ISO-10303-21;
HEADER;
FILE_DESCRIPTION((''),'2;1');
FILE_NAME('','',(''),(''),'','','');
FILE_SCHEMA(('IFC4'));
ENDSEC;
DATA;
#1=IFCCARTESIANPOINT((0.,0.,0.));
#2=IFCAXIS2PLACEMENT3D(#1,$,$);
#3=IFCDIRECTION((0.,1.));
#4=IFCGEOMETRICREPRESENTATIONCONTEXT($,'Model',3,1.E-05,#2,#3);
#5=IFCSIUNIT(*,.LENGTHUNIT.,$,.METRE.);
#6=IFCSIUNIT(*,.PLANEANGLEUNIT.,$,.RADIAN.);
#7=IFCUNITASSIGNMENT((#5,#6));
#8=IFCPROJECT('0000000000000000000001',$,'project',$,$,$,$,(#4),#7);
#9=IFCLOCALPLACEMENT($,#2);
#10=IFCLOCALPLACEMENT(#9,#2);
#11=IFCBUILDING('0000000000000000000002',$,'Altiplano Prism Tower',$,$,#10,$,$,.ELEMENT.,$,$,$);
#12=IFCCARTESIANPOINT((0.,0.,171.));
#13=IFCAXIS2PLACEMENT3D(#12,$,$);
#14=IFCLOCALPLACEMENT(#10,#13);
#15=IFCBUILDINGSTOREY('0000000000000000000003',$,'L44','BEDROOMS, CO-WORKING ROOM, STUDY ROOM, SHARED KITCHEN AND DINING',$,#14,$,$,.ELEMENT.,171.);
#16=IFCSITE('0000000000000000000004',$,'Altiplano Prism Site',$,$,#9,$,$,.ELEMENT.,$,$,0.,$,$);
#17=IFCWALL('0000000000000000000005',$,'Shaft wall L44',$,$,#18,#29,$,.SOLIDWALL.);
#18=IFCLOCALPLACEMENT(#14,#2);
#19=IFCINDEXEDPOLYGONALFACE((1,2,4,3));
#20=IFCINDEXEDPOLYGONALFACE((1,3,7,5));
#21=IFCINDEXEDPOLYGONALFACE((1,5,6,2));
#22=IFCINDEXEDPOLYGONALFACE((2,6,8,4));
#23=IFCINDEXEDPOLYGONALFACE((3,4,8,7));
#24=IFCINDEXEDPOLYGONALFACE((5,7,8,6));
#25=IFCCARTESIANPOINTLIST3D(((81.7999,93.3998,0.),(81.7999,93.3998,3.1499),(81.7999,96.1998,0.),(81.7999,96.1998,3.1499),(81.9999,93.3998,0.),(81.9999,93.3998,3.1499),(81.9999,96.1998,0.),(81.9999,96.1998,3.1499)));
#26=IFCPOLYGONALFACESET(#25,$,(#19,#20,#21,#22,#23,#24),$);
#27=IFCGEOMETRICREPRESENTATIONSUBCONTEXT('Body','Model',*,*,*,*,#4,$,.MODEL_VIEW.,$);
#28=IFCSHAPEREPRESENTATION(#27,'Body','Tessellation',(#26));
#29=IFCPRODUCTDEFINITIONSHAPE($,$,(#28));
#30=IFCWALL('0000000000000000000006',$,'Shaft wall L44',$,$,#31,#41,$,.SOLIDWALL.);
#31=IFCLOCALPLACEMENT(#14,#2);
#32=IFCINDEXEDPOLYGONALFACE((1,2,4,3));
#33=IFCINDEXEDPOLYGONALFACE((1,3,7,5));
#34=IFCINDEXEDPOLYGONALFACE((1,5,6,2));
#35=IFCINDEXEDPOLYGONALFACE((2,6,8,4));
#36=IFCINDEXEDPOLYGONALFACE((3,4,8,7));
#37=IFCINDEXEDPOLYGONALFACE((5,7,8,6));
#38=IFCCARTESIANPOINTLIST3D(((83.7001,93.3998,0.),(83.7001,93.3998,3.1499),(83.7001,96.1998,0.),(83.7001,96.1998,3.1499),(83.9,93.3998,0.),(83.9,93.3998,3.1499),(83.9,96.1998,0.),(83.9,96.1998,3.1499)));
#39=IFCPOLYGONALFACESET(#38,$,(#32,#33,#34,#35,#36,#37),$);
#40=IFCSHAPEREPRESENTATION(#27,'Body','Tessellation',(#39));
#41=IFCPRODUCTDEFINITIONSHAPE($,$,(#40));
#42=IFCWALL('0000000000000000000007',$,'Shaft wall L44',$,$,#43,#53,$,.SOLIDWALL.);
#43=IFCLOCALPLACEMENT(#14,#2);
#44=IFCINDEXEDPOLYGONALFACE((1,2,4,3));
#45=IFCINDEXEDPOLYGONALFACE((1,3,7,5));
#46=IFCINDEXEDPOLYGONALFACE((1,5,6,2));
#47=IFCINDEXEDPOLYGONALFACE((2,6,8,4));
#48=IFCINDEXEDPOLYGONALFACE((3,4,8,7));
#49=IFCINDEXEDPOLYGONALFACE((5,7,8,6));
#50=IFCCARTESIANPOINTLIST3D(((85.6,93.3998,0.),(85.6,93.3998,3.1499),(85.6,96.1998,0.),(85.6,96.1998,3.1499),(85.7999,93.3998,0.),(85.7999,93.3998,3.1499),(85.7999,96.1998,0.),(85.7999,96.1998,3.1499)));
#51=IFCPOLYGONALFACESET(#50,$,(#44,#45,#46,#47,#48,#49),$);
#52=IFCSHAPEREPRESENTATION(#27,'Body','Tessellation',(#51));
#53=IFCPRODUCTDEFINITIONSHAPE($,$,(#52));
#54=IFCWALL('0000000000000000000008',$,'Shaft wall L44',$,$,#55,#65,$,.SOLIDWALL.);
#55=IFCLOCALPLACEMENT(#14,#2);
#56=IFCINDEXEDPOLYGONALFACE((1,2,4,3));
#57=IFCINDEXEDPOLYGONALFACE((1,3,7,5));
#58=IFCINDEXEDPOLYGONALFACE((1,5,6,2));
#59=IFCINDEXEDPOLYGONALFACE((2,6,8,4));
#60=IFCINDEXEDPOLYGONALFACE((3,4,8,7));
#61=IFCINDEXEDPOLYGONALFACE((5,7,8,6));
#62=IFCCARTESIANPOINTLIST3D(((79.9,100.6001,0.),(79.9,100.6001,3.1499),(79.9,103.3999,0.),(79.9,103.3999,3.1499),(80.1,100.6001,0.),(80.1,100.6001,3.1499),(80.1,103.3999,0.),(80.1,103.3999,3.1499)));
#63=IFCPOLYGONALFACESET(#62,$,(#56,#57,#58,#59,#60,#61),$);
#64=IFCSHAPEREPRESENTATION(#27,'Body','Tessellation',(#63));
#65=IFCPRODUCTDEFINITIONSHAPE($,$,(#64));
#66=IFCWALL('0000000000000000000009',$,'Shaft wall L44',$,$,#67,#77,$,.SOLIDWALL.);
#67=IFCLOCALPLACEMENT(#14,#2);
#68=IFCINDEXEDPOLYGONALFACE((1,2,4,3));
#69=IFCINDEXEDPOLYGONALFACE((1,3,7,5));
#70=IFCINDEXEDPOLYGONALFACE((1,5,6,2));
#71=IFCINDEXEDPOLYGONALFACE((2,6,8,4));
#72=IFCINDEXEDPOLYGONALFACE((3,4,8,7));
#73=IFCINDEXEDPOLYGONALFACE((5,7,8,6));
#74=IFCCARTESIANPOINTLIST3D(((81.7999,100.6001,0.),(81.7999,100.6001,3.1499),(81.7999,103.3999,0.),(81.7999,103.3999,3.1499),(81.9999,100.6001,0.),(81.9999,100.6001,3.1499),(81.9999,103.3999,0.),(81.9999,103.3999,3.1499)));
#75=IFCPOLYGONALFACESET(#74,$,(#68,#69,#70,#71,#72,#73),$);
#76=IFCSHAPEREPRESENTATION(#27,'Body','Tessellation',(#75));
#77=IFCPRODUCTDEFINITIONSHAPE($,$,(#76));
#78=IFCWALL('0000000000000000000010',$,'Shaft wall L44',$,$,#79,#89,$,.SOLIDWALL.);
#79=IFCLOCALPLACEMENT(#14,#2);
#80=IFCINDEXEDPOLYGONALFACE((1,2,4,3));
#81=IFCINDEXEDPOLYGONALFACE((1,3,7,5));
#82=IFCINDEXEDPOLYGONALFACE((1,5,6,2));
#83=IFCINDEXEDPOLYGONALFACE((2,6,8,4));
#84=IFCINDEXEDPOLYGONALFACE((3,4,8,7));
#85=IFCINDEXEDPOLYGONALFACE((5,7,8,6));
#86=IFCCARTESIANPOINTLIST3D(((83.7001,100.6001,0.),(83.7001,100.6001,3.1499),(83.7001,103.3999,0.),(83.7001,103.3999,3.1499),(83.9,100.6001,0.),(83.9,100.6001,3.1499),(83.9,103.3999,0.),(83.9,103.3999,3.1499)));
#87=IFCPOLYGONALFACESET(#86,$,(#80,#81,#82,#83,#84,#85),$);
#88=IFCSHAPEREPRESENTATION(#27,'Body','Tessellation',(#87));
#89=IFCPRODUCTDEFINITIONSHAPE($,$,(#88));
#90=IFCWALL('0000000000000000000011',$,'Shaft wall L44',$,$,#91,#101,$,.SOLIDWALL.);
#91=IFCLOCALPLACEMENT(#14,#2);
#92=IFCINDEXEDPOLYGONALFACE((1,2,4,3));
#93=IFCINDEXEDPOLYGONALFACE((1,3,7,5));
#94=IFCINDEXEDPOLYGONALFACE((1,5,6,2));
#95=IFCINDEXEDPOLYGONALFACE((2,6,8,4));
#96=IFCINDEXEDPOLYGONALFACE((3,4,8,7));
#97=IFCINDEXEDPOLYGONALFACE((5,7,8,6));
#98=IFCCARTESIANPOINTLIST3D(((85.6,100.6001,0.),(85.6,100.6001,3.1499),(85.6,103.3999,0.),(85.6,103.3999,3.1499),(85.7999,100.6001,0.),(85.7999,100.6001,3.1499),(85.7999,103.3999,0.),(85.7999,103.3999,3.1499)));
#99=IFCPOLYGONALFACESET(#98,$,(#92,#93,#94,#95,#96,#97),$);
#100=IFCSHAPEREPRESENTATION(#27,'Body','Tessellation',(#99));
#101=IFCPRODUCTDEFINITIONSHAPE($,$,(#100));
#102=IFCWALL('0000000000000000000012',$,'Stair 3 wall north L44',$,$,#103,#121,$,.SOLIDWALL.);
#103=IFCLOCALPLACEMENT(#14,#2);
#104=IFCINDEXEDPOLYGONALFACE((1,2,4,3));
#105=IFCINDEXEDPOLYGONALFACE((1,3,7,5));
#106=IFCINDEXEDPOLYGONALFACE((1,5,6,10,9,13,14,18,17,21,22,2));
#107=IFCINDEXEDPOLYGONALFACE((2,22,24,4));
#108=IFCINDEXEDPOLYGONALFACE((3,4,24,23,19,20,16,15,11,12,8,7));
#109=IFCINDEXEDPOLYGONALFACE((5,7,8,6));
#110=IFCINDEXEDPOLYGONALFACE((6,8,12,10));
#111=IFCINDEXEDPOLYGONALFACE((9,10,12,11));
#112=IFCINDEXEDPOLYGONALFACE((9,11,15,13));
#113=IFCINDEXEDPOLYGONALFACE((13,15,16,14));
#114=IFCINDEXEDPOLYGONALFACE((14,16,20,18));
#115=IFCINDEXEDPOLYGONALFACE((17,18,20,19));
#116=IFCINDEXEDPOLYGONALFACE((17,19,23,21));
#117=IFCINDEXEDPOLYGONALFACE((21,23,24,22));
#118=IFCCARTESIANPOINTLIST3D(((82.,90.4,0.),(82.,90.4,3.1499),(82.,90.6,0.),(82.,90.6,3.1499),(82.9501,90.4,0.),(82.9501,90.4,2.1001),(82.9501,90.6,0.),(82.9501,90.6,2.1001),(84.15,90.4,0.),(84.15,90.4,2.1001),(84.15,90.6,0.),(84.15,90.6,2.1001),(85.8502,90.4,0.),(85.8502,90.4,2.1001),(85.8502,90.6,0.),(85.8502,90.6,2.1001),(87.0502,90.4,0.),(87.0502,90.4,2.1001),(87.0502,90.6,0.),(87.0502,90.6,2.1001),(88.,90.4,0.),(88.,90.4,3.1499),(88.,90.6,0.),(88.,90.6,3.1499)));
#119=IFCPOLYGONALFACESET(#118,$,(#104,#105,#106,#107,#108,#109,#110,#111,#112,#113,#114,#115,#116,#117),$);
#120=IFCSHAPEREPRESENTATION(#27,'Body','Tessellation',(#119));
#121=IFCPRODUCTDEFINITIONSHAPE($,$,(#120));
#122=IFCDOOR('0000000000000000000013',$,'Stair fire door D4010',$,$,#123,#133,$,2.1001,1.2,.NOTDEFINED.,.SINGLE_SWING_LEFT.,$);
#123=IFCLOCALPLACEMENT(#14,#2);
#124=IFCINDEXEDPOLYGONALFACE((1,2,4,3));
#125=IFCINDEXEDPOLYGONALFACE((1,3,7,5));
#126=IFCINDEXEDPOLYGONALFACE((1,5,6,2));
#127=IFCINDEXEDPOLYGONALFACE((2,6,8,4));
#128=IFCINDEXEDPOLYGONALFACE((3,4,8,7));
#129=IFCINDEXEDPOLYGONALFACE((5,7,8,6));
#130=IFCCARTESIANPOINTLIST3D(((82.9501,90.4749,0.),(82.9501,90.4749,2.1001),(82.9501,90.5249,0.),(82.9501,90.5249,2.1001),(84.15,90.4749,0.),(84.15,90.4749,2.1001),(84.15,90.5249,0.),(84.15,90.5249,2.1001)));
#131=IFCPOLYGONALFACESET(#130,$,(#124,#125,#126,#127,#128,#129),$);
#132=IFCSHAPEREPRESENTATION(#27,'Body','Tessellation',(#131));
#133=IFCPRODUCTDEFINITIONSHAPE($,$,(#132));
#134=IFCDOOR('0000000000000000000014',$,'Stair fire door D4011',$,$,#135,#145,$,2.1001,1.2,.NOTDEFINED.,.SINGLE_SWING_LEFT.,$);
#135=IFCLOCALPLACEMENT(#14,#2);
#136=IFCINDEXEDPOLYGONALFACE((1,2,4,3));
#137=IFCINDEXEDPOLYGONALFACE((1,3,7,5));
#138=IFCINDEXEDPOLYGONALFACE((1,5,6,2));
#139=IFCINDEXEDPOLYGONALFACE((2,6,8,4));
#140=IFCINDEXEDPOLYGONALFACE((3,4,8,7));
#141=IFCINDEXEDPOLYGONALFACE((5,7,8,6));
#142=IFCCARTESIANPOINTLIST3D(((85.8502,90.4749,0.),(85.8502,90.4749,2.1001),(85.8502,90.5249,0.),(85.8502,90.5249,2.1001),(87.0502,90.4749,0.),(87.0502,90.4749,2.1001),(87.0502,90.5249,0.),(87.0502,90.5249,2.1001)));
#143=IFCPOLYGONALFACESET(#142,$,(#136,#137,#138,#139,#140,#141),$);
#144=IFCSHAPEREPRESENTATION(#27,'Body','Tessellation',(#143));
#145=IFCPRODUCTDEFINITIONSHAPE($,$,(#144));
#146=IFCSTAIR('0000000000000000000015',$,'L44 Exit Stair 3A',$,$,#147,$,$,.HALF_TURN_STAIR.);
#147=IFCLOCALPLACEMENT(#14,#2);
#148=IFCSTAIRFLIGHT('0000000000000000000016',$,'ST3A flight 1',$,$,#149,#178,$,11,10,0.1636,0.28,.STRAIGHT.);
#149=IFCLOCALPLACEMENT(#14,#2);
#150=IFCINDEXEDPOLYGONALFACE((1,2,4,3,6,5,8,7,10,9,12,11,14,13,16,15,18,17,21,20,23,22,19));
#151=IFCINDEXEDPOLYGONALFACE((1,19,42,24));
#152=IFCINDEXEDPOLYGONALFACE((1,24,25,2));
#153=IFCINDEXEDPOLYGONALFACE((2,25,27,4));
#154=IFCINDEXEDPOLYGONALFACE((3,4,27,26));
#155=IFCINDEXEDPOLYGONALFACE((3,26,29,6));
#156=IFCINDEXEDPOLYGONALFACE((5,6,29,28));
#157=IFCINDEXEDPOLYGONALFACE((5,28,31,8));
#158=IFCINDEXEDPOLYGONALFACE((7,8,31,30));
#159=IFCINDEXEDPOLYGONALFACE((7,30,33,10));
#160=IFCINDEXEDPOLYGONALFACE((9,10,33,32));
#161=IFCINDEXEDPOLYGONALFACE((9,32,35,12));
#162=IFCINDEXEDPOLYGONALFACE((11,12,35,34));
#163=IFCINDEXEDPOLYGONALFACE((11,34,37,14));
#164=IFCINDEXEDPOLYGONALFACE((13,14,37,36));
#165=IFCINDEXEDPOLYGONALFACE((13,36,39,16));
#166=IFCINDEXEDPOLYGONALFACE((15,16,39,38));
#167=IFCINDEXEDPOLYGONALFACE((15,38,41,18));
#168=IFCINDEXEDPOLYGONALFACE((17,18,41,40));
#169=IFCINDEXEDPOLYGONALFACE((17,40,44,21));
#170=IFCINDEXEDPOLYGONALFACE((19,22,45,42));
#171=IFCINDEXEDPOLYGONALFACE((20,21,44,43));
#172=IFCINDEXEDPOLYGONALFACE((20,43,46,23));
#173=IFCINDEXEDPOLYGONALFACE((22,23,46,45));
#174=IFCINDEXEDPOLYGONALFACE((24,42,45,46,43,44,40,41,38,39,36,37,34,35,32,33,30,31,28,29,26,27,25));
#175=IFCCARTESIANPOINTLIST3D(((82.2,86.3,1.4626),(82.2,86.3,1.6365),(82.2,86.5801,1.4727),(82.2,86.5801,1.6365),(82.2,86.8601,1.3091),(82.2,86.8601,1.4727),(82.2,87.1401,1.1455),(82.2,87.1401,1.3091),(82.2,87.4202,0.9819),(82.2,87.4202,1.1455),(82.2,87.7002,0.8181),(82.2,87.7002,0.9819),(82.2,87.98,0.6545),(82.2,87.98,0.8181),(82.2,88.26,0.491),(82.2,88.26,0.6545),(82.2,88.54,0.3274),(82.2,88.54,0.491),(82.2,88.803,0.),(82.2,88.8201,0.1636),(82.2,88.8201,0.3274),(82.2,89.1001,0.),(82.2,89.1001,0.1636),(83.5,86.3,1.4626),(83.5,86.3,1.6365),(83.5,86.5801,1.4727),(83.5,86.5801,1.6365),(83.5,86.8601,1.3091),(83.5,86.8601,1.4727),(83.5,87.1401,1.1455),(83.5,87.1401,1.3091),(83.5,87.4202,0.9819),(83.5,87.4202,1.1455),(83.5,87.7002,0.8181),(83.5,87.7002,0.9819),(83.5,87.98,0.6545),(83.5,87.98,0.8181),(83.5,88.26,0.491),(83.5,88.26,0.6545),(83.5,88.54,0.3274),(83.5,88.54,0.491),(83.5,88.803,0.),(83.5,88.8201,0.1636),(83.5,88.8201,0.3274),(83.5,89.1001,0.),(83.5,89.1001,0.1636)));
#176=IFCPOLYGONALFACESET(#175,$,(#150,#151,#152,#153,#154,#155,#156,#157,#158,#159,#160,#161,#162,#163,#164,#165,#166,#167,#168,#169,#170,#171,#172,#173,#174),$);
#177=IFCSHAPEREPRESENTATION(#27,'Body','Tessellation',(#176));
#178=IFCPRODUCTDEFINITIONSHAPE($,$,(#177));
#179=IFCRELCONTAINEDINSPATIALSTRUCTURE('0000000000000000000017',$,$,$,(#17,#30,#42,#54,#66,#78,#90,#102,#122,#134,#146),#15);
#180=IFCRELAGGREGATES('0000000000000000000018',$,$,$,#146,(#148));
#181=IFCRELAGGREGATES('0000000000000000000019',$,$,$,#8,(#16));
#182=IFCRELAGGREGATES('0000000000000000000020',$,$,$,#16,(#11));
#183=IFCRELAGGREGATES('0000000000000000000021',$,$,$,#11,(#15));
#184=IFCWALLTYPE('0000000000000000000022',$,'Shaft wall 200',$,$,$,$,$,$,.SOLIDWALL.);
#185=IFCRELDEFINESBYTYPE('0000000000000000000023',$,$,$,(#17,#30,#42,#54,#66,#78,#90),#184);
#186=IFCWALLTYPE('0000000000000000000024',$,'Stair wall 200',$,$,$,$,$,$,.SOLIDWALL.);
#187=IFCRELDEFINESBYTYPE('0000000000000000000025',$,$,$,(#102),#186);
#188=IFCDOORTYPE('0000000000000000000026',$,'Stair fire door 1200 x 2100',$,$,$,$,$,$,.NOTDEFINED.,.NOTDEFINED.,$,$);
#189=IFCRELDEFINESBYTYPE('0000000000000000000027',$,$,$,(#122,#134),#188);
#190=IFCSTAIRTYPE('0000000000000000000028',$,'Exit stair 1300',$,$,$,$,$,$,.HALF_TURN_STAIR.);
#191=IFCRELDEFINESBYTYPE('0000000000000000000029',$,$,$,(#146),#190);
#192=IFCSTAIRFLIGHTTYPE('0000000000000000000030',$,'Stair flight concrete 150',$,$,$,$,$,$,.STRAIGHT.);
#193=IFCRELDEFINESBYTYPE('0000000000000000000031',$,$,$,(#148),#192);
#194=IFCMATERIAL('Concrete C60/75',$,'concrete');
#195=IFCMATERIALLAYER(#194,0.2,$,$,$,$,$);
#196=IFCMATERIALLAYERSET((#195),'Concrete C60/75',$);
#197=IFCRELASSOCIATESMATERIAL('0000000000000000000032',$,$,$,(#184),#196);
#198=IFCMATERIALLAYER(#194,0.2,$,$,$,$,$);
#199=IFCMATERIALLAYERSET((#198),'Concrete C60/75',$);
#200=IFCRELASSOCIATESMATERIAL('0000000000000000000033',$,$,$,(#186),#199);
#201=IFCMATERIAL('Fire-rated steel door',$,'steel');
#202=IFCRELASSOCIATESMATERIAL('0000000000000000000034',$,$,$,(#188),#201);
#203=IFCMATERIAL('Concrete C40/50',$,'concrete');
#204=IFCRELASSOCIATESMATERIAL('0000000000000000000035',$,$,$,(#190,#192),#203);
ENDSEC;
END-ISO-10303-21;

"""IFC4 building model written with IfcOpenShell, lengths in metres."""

from ifc_helpers import new_model, si_unit, direction, frame, frame_2d, origin, place, context, subcontext, project, spatial, polyline, rectangle, outline, extrude, material, layer, layer_set, type_object, element, fill, aggregate, save


model = new_model("IFC4")

# Units and contexts
model_context = context("Model", 3, precision=1e-05, world=origin(), true_north=direction((0.0, 1.0)))
body_context = subcontext(model_context, "Body", "Model", "MODEL_VIEW")
ifc_project = project(units=[si_unit("LENGTHUNIT", "METRE"), si_unit("PLANEANGLEUNIT", "RADIAN")], contexts=[model_context])

# Site, building, storey
site_placement = place(None, origin())
site = spatial("IfcSite", under=ifc_project, at=site_placement, Name="Altiplano Prism Site", CompositionType="ELEMENT", RefElevation=0.0)
building_placement = place(site_placement, origin())
building = spatial("IfcBuilding", under=site, at=building_placement, Name="Altiplano Prism Tower", CompositionType="ELEMENT")
storey_placement = place(building_placement, frame((0.0, 0.0, 171.0)))
storey = spatial("IfcBuildingStorey", under=building, at=storey_placement, Name="L44", Description="BEDROOMS, CO-WORKING ROOM, STUDY ROOM, SHARED KITCHEN AND DINING", CompositionType="ELEMENT", Elevation=171.0)

# Walls
ifc_material_1 = material(Name="Concrete C60/75", Category="concrete")
ifc_layer_1 = layer(ifc_material_1, 0.2)
ifc_layer_set_1 = layer_set([ifc_layer_1], Name="Concrete C60/75")
wall_type_1 = type_object("IfcWallType", Name="Shaft wall 200", PredefinedType="SOLIDWALL", material=ifc_layer_set_1)
for number, where, z_axis, x_axis, name in (
    (1, (81.8999, 93.3999, 0.0), (0.0, 0.0, 1.0), (0.0, 1.0, 0.0), "Shaft wall L44"),
    (2, (83.8, 93.3999, 0.0), (0.0, 0.0, 1.0), (0.0, 1.0, 0.0), "Shaft wall L44"),
    (3, (85.7, 93.3999, 0.0), (0.0, 0.0, 1.0), (0.0, 1.0, 0.0), "Shaft wall L44"),
):
    element("IfcWall", number, at=place(storey_placement, frame(where, z_axis=z_axis, x_axis=x_axis)), inside=storey, type_object=wall_type_1, Name=name, PredefinedType="SOLIDWALL", context=body_context, shape_type="SweptSolid", body=[
        extrude(rectangle(XDim=2.8, YDim=0.2, at=frame_2d((1.3999, 0.0))), origin(), (0.0, 0.0, 1.0), 3.1499),
    ])
for number, where, z_axis, x_axis, name in (
    (4, (80.0, 100.6001, 0.0), (0.0, 0.0, 1.0), (0.0, 1.0, 0.0), "Shaft wall L44"),
    (5, (81.8999, 100.6001, 0.0), (0.0, 0.0, 1.0), (0.0, 1.0, 0.0), "Shaft wall L44"),
    (6, (83.8, 100.6001, 0.0), (0.0, 0.0, 1.0), (0.0, 1.0, 0.0), "Shaft wall L44"),
    (7, (85.7, 100.6001, 0.0), (0.0, 0.0, 1.0), (0.0, 1.0, 0.0), "Shaft wall L44"),
):
    element("IfcWall", number, at=place(storey_placement, frame(where, z_axis=z_axis, x_axis=x_axis)), inside=storey, type_object=wall_type_1, Name=name, PredefinedType="SOLIDWALL", context=body_context, shape_type="SweptSolid", body=[
        extrude(rectangle(XDim=2.7998, YDim=0.2, at=frame_2d((1.3999, 0.0))), origin(), (0.0, 0.0, 1.0), 3.1499),
    ])

# Wall, openings, doors
ifc_layer_2 = layer(ifc_material_1, 0.2)
ifc_layer_set_2 = layer_set([ifc_layer_2], Name="Concrete C60/75")
wall_type_2 = type_object("IfcWallType", Name="Stair wall 200", PredefinedType="SOLIDWALL", material=ifc_layer_set_2)
wall_placement = place(storey_placement, frame((82.0, 90.5, 0.0), z_axis=(0.0, 0.0, 1.0), x_axis=(1.0, 0.0, 0.0)))
wall = element("IfcWall", 8, at=wall_placement, inside=storey, type_object=wall_type_2, Name="Stair 3 wall north L44", PredefinedType="SOLIDWALL", context=body_context, shape_type="SweptSolid", body=[
    extrude(rectangle(XDim=6.0, YDim=0.2, at=frame_2d((3.0, 0.0))), origin(), (0.0, 0.0, 1.0), 3.1499),
])
opening_1_placement = place(wall_placement, frame((0.95, 0.0, 0.0)))
opening_1 = element("IfcOpeningElement", 9, at=opening_1_placement, cuts=wall, PredefinedType="OPENING", context=body_context, shape_type="SweptSolid", body=[
    extrude(rectangle(XDim=1.2, YDim=2.1001, at=frame_2d((0.6001, 1.05))), frame((0.0, 0.1104, 0.0), z_axis=(0.0, -1.0, 0.0), x_axis=(1.0, 0.0, 0.0)), (0.0, 0.0, 1.0), 0.2209),
])
opening_2_placement = place(wall_placement, frame((3.8501, 0.0, 0.0)))
opening_2 = element("IfcOpeningElement", 10, at=opening_2_placement, cuts=wall, PredefinedType="OPENING", context=body_context, shape_type="SweptSolid", body=[
    extrude(rectangle(XDim=1.2, YDim=2.1001, at=frame_2d((0.6001, 1.05))), frame((0.0, 0.1104, 0.0), z_axis=(0.0, -1.0, 0.0), x_axis=(1.0, 0.0, 0.0)), (0.0, 0.0, 1.0), 0.2209),
])
ifc_material_2 = material(Name="Fire-rated steel door", Category="steel")
door_type = type_object("IfcDoorType", Name="Stair fire door 1200 x 2100", OperationType="NOTDEFINED", PredefinedType="NOTDEFINED", material=ifc_material_2)
door_1_placement = place(opening_1_placement, origin())
door_1 = element("IfcDoor", 11, at=door_1_placement, inside=storey, type_object=door_type, Name="Stair fire door D4010", OperationType="SINGLE_SWING_LEFT", OverallHeight=2.1001, OverallWidth=1.2, PredefinedType="NOTDEFINED", context=body_context, shape_type="SweptSolid", body=[
    extrude(rectangle(XDim=1.2, YDim=2.1001, at=frame_2d((0.6001, 1.05))), frame((0.0, 0.0249, 0.0), z_axis=(0.0, -1.0, 0.0), x_axis=(1.0, 0.0, 0.0)), (0.0, 0.0, 1.0), 0.05),
])
fill(opening_1, door_1)
door_2_placement = place(opening_2_placement, origin())
door_2 = element("IfcDoor", 12, at=door_2_placement, inside=storey, type_object=door_type, Name="Stair fire door D4011", OperationType="SINGLE_SWING_LEFT", OverallHeight=2.1001, OverallWidth=1.2, PredefinedType="NOTDEFINED", context=body_context, shape_type="SweptSolid", body=[
    extrude(rectangle(XDim=1.2, YDim=2.1001, at=frame_2d((0.6001, 1.05))), frame((0.0, 0.0249, 0.0), z_axis=(0.0, -1.0, 0.0), x_axis=(1.0, 0.0, 0.0)), (0.0, 0.0, 1.0), 0.05),
])
fill(opening_2, door_2)

# Stair, stair flight
ifc_material_3 = material(Name="Concrete C40/50", Category="concrete")
stair_type = type_object("IfcStairType", Name="Exit stair 1300", PredefinedType="HALF_TURN_STAIR", material=ifc_material_3)
stair_1_placement = place(storey_placement, origin())
stair_1 = element("IfcStair", 13, at=stair_1_placement, inside=storey, type_object=stair_type, Name="L44 Exit Stair 3A", PredefinedType="HALF_TURN_STAIR")
stair_flight_type = type_object("IfcStairFlightType", Name="Stair flight concrete 150", PredefinedType="STRAIGHT", material=ifc_material_3)
stair_flight_1_placement = place(storey_placement, frame((82.8501, 89.1001, 0.0), z_axis=(0.0, 0.0, 1.0), x_axis=(0.0, -1.0, 0.0)))
stair_flight_1 = element("IfcStairFlight", 14, at=stair_flight_1_placement, type_object=stair_flight_type, Name="ST3A flight 1", NumberOfRisers=11, NumberOfTreads=10, PredefinedType="STRAIGHT", RiserHeight=0.1636, TreadLength=0.28, context=body_context, shape_type="SweptSolid", body=[
    extrude(outline(polyline([(0.0, 0.0), (0.0, 0.1636), (0.28, 0.1636), (0.28, 0.3274), (0.5601, 0.3274), (0.5601, 0.491), (0.8401, 0.491), (0.8401, 0.6545), (1.1201, 0.6545), (1.1201, 0.8181), (1.3999, 0.8181), (1.3999, 0.9819), (1.6799, 0.9819), (1.6799, 1.1455), (1.96, 1.1455), (1.96, 1.3091), (2.24, 1.3091), (2.24, 1.4727), (2.52, 1.4727), (2.52, 1.6365), (2.8, 1.6365), (2.8, 1.8), (2.8, 1.4626), (0.2971, 0.0), (0.0, 0.0)])), frame((0.0, 0.6499, 0.0), z_axis=(0.0, -1.0, 0.0), x_axis=(1.0, 0.0, 0.0)), (0.0, 0.0, 1.0), 1.3),
])
aggregate(stair_1, [stair_flight_1])

save(model, "model.ifc")
